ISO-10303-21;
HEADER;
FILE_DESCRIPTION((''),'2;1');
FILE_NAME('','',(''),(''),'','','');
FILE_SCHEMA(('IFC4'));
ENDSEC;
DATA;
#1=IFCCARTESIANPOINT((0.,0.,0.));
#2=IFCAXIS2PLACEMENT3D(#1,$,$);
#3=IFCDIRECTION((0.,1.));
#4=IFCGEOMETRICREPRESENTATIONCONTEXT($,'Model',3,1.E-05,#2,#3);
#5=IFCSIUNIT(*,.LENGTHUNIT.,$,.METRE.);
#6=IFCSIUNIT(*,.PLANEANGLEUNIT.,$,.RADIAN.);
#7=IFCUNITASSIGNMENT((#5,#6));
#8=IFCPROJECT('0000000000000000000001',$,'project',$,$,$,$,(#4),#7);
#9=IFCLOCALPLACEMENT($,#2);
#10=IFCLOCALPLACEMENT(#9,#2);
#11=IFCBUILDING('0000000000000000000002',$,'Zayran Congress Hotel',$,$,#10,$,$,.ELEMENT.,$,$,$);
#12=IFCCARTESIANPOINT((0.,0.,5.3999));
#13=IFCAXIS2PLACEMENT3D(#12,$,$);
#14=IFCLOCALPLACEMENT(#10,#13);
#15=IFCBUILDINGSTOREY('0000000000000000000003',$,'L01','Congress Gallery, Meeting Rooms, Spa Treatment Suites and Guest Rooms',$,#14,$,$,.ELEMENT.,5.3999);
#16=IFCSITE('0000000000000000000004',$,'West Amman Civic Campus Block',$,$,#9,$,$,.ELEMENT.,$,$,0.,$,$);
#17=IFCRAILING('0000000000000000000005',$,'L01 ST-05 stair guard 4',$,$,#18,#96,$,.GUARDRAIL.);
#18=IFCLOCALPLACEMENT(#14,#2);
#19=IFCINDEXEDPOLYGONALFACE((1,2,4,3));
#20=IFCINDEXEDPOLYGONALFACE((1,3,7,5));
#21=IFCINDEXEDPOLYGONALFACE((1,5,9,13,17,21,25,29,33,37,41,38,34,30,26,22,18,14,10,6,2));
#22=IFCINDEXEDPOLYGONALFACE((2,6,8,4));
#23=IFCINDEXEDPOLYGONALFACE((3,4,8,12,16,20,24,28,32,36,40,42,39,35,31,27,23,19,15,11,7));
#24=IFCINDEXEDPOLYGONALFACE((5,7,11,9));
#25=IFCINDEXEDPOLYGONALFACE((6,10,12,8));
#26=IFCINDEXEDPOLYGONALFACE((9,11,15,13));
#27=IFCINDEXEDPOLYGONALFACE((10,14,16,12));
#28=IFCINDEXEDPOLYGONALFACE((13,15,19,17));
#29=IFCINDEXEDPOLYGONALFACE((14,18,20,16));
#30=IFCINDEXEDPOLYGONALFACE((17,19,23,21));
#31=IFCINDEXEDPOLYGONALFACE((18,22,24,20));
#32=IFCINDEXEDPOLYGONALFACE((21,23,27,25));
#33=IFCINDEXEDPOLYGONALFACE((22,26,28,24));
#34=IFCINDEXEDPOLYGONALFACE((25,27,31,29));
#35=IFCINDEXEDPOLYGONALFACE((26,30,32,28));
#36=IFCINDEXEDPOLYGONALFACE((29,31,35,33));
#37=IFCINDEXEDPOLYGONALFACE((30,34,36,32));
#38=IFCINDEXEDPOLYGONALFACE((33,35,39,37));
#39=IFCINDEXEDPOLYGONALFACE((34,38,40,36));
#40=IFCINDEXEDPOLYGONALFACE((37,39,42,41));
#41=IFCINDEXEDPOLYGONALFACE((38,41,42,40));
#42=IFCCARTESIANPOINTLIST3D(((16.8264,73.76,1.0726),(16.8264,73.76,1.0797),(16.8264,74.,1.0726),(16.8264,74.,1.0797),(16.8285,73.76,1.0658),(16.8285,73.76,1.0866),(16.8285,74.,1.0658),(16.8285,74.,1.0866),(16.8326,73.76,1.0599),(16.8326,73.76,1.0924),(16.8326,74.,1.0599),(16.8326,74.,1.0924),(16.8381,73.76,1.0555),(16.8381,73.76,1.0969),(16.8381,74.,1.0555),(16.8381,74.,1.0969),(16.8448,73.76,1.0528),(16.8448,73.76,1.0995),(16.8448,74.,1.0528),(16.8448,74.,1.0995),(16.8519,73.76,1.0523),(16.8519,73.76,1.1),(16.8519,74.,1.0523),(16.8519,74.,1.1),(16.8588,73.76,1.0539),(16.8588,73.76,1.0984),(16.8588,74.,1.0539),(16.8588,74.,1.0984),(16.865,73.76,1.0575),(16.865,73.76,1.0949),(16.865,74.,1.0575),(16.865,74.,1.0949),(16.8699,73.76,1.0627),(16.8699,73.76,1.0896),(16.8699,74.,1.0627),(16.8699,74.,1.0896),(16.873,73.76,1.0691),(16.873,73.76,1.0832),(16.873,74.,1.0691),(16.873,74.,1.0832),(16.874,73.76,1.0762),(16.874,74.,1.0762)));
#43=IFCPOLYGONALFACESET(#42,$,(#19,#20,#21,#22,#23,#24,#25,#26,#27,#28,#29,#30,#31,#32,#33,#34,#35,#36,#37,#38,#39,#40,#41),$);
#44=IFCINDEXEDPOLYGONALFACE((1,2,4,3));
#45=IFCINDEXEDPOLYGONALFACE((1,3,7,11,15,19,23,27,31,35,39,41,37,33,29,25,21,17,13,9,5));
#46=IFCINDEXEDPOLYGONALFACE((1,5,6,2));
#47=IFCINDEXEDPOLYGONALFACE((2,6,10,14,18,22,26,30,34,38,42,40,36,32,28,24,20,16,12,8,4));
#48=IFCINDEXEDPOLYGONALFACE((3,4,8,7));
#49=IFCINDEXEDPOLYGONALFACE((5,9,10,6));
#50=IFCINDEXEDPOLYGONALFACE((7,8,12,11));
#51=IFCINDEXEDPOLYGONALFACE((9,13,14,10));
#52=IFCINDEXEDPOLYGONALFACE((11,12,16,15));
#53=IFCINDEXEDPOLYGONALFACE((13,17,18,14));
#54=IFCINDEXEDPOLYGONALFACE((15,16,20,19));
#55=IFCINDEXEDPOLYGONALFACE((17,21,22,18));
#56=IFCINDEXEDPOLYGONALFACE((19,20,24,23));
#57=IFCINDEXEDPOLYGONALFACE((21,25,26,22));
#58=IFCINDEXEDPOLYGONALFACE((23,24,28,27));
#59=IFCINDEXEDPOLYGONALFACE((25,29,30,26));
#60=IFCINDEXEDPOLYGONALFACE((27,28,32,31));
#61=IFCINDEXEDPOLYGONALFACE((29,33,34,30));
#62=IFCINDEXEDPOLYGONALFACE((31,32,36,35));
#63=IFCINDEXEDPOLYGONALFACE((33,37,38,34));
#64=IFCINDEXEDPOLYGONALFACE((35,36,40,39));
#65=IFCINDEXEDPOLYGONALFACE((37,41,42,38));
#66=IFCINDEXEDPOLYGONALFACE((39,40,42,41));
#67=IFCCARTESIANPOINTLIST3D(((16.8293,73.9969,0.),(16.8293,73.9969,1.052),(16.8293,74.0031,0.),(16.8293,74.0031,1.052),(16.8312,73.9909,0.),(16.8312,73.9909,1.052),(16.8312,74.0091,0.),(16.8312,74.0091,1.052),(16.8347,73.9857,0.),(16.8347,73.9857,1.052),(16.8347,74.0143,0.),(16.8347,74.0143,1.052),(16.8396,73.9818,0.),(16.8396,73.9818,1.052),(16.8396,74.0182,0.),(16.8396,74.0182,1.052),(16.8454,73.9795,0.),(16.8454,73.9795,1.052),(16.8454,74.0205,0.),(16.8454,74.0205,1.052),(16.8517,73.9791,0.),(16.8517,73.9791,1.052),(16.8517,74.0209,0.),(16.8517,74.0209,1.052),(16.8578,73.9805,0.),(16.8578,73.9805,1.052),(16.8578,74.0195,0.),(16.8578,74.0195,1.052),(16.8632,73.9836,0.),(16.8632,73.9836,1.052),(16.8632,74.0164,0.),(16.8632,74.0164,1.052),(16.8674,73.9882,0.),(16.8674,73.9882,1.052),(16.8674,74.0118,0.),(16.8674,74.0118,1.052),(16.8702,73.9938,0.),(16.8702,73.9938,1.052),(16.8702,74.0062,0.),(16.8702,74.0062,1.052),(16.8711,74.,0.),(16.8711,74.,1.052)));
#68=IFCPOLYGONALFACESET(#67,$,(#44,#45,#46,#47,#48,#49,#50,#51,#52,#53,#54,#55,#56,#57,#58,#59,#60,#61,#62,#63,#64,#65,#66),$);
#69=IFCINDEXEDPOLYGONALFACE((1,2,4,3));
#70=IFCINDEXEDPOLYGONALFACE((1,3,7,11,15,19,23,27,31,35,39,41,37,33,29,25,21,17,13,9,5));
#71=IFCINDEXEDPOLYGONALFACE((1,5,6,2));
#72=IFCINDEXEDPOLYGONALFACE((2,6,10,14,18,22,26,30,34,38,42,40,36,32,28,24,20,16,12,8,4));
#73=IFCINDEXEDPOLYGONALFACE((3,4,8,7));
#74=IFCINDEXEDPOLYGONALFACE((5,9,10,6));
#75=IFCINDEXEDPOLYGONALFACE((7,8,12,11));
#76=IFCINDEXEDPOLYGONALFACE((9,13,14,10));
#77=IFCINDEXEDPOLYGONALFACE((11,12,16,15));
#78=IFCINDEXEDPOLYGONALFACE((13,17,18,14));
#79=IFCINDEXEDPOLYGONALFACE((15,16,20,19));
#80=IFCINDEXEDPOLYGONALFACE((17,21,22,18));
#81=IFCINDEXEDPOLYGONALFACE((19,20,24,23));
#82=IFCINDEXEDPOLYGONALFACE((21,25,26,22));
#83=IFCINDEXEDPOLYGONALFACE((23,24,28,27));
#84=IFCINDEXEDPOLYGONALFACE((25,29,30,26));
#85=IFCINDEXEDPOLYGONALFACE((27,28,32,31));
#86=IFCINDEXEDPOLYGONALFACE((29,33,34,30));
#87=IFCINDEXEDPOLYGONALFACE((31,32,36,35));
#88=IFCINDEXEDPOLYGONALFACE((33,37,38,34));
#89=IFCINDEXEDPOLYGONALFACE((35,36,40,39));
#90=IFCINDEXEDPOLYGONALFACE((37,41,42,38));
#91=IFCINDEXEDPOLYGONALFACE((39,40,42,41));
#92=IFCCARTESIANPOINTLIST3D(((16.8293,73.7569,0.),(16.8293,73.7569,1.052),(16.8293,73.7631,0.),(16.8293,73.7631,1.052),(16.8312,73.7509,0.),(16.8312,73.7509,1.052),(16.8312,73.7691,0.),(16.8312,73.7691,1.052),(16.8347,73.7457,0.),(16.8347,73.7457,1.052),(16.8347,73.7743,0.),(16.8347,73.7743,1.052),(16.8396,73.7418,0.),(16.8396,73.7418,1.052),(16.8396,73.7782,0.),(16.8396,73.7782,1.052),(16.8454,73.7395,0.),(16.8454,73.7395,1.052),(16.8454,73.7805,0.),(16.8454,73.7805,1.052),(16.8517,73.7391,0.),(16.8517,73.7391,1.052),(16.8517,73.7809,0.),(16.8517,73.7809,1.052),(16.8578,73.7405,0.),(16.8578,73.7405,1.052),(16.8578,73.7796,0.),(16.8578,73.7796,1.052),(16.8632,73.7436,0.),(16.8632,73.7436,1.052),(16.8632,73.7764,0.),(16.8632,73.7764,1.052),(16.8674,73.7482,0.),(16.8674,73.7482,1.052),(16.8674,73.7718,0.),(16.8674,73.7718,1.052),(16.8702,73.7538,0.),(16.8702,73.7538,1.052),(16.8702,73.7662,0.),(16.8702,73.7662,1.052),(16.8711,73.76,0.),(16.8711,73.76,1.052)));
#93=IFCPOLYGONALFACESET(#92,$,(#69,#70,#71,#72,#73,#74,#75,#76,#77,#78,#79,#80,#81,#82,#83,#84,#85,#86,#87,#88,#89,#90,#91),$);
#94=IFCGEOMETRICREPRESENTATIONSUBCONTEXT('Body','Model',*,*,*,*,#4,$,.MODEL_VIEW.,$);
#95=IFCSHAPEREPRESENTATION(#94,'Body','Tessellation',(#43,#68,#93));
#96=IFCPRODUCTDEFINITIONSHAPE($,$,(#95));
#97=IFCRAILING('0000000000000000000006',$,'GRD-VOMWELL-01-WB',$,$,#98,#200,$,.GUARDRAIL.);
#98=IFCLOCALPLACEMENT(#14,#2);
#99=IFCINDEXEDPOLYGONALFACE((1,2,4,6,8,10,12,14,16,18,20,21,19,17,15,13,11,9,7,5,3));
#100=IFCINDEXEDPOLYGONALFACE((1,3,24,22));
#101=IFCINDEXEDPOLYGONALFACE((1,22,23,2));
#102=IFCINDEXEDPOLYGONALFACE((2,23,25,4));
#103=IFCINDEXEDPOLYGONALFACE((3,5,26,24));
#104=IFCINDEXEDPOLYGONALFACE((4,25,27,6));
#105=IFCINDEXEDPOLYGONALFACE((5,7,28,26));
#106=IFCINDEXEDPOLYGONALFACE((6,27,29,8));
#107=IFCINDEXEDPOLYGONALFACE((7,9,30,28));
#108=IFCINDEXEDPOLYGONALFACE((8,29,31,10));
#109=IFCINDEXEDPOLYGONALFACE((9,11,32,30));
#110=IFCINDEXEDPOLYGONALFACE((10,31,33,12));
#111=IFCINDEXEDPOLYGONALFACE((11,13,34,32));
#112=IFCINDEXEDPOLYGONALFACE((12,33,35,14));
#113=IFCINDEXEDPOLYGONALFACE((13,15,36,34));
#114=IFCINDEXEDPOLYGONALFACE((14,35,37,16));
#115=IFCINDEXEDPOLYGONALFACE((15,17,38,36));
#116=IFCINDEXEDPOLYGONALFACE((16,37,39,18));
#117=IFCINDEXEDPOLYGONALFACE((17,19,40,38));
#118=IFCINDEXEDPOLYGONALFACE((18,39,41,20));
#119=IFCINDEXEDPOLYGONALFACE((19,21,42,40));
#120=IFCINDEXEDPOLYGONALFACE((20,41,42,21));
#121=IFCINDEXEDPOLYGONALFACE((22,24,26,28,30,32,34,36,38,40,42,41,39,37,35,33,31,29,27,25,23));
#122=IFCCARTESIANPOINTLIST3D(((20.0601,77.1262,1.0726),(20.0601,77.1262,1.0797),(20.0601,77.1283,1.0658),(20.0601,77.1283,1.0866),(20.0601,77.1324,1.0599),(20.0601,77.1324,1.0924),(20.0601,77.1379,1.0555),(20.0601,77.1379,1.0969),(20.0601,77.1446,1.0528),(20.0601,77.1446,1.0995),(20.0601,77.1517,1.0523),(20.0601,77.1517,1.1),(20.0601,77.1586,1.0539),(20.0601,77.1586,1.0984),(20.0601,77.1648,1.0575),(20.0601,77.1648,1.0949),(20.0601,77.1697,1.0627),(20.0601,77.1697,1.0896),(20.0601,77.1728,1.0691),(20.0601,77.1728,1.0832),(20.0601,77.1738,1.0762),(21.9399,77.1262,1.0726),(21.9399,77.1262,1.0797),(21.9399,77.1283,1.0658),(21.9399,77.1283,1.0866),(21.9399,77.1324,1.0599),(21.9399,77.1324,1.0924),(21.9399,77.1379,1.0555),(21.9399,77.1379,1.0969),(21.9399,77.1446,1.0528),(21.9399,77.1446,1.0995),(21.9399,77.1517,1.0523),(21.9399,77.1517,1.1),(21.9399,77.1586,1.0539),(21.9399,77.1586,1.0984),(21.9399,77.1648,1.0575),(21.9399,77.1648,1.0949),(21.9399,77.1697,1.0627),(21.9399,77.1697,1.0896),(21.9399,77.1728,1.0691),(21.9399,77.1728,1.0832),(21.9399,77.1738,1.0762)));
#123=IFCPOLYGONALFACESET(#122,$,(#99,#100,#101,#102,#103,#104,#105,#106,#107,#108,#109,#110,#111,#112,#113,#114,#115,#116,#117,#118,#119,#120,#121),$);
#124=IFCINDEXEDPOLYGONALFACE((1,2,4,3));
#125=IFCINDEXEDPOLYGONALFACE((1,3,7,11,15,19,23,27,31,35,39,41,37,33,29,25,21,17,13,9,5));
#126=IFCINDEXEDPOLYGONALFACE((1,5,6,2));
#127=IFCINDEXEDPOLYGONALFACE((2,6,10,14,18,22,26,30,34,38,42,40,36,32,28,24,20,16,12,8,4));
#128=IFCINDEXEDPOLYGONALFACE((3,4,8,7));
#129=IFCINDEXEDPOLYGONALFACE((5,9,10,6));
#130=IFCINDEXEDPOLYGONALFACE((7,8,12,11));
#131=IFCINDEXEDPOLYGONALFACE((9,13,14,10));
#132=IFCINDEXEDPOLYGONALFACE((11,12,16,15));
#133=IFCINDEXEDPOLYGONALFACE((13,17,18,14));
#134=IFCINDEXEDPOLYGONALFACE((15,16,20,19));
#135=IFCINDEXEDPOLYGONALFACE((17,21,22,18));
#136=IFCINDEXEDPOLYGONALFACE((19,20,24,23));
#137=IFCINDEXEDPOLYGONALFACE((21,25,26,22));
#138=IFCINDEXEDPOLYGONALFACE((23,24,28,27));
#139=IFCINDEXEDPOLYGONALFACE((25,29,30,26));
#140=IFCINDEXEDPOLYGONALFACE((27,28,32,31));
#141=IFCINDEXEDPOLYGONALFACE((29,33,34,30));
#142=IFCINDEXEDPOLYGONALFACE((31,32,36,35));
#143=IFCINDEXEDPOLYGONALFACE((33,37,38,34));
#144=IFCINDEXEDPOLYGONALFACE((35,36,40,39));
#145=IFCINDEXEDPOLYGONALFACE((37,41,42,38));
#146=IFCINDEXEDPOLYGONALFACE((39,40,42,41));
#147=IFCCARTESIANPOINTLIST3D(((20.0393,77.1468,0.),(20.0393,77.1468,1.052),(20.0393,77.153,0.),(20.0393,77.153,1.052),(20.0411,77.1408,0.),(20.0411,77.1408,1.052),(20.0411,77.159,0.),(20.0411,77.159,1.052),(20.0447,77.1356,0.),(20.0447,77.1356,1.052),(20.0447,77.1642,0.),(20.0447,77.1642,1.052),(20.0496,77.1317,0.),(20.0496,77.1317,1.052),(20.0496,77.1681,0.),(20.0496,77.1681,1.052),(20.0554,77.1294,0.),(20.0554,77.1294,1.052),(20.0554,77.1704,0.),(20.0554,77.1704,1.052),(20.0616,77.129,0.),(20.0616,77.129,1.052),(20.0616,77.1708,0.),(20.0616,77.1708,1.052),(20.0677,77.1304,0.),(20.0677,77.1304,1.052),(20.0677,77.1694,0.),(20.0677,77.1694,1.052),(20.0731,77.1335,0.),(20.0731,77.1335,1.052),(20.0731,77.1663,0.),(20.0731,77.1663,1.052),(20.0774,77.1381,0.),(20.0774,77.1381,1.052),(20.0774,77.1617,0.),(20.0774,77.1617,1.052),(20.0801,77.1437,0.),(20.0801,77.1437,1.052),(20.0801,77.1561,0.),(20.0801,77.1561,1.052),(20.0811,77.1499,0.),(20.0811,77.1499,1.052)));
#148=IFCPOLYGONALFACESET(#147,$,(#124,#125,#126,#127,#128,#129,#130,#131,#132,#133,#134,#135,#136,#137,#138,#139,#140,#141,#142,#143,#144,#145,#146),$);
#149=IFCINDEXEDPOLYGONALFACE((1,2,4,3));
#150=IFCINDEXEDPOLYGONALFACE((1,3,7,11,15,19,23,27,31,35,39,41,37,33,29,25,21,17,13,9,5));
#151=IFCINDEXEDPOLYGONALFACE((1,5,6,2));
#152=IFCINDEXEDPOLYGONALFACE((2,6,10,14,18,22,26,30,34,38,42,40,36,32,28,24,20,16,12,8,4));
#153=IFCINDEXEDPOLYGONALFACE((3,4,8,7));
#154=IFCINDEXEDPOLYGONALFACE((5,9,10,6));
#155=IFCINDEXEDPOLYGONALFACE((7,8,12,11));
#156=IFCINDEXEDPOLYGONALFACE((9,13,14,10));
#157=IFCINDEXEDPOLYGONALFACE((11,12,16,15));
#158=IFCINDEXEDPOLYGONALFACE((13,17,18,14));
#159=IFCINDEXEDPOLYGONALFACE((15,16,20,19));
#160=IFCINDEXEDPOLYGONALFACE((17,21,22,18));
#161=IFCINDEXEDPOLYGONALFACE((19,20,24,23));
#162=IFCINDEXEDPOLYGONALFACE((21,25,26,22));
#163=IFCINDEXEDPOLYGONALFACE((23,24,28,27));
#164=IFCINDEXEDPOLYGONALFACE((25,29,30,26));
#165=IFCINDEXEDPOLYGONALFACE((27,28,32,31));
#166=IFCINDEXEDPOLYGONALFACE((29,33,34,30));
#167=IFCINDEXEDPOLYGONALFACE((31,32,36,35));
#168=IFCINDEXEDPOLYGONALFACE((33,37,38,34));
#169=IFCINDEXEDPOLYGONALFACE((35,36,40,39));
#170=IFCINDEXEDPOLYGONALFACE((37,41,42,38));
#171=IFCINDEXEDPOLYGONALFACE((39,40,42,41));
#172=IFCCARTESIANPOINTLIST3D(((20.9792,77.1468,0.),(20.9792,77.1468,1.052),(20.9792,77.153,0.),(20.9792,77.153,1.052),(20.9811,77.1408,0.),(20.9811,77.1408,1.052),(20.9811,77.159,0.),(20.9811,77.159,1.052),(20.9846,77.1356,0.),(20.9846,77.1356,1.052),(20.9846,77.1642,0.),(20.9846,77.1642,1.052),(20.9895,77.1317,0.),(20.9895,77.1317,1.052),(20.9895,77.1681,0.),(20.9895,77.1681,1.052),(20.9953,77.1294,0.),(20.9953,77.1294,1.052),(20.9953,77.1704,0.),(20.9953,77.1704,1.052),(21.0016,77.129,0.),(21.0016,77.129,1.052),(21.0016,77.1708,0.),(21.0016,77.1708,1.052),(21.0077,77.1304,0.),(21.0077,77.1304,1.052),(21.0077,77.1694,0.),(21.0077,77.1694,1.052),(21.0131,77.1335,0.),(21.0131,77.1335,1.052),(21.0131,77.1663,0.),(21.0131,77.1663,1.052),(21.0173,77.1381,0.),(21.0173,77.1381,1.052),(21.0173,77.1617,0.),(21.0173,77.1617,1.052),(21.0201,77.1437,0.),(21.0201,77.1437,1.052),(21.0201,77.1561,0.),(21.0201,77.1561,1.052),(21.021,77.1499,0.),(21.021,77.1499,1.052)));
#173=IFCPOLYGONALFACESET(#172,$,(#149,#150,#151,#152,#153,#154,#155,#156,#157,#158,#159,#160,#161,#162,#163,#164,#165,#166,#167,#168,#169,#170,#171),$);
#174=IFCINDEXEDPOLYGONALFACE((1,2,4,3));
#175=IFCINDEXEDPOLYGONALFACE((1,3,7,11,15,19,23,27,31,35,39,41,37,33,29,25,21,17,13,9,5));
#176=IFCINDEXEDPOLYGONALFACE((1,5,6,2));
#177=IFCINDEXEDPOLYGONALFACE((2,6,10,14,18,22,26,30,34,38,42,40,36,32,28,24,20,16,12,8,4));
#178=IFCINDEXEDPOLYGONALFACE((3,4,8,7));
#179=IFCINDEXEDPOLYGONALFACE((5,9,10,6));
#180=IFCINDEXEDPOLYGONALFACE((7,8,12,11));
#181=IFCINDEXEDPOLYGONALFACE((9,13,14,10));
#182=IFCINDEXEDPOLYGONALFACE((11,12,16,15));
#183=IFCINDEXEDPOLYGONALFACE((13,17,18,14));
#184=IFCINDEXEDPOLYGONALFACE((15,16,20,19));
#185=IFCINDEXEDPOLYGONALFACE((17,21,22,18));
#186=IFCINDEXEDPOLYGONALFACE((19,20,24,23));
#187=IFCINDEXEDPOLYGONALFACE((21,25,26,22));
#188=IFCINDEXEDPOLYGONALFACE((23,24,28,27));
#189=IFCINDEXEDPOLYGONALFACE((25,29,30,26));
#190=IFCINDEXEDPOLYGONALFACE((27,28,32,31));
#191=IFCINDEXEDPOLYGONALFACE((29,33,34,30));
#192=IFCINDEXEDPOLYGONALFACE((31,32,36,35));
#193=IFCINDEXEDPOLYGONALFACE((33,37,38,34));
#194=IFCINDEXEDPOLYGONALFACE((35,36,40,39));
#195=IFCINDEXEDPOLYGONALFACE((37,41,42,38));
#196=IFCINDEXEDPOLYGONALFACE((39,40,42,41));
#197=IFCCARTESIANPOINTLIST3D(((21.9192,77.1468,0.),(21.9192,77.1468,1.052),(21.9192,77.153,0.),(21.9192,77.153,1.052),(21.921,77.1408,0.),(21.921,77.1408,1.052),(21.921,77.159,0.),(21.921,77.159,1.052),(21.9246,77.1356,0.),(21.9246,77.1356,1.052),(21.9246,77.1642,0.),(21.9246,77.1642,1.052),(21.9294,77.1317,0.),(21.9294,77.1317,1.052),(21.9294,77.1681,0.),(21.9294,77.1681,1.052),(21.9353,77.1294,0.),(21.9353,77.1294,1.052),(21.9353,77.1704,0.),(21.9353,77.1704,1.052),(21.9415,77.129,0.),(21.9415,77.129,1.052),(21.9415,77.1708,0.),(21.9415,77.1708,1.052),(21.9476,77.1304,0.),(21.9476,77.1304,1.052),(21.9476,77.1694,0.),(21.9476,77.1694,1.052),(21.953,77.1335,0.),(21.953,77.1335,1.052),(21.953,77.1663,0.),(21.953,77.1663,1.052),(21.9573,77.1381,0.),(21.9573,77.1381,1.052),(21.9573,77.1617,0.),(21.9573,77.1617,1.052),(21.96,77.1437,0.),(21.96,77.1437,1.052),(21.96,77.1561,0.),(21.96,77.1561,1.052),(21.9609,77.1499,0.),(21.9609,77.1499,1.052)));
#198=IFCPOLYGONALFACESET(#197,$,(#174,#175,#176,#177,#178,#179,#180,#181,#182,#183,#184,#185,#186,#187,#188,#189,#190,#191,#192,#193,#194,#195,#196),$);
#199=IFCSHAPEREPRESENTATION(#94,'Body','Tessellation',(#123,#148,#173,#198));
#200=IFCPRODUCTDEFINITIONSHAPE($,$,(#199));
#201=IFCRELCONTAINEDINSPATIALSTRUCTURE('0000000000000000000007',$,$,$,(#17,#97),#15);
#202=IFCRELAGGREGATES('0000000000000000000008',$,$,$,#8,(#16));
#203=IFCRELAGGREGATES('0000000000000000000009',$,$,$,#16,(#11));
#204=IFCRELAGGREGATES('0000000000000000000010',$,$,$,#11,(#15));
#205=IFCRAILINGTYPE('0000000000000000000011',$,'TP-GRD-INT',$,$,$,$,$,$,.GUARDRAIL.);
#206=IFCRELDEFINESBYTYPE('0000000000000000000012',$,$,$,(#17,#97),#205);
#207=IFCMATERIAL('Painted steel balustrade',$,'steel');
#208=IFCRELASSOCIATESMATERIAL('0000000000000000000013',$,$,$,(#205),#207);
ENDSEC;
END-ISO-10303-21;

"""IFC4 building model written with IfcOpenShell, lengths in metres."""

from ifc_helpers import new_model, si_unit, direction, frame, origin, origin_2d, place, context, subcontext, project, spatial, circle, extrude, material, type_object, element, save


model = new_model("IFC4")

# Units and contexts
model_context = context("Model", 3, precision=1e-05, world=origin(), true_north=direction((0.0, 1.0)))
body_context = subcontext(model_context, "Body", "Model", "MODEL_VIEW")
ifc_project = project(units=[si_unit("LENGTHUNIT", "METRE"), si_unit("PLANEANGLEUNIT", "RADIAN")], contexts=[model_context])

# Site, building, storey
site_placement = place(None, origin())
site = spatial("IfcSite", under=ifc_project, at=site_placement, Name="West Amman Civic Campus Block", CompositionType="ELEMENT", RefElevation=0.0)
building_placement = place(site_placement, origin())
building = spatial("IfcBuilding", under=site, at=building_placement, Name="Zayran Congress Hotel", CompositionType="ELEMENT")
storey_placement = place(building_placement, frame((0.0, 0.0, 5.3999)))
storey = spatial("IfcBuildingStorey", under=building, at=storey_placement, Name="L01", Description="Congress Gallery, Meeting Rooms, Spa Treatment Suites and Guest Rooms", CompositionType="ELEMENT", Elevation=5.3999)

# Railings
ifc_material_1 = material(Name="Painted steel balustrade", Category="steel")
railing_type = type_object("IfcRailingType", Name="TP-GRD-INT", PredefinedType="GUARDRAIL", material=ifc_material_1)
railing_1_placement = place(storey_placement, frame((16.8501, 74.0, 0.0)))
element("IfcRailing", 1, at=railing_1_placement, inside=storey, type_object=railing_type, Name="L01 ST-05 stair guard 4", PredefinedType="GUARDRAIL", context=body_context, shape_type="SweptSolid", body=[
    extrude(circle(Radius=0.0239, at=origin_2d()), frame((0.0, 0.0, 1.0762), z_axis=(0.0, -1.0, 0.0), x_axis=(1.0, 0.0, 0.0)), (0.0, 0.0, 1.0), 0.24),
    extrude(circle(Radius=0.021, at=origin_2d()), origin(), (0.0, 0.0, 1.0), 1.052),
    extrude(circle(Radius=0.021, at=origin_2d()), frame((0.0, -0.24, 0.0)), (0.0, 0.0, 1.0), 1.052),
])
railing_2_placement = place(storey_placement, frame((20.0601, 77.1499, 0.0)))
element("IfcRailing", 2, at=railing_2_placement, inside=storey, type_object=railing_type, Name="GRD-VOMWELL-01-WB", PredefinedType="GUARDRAIL", context=body_context, shape_type="SweptSolid", body=[
    extrude(circle(Radius=0.0239, at=origin_2d()), frame((0.0, 0.0, 1.0762), z_axis=(1.0, 0.0, 0.0), x_axis=(0.0, 1.0, 0.0)), (0.0, 0.0, 1.0), 1.8799),
    extrude(circle(Radius=0.021, at=origin_2d()), origin(), (0.0, 0.0, 1.0), 1.052),
    extrude(circle(Radius=0.021, at=origin_2d()), frame((0.9399, 0.0, 0.0)), (0.0, 0.0, 1.0), 1.052),
    extrude(circle(Radius=0.021, at=origin_2d()), frame((1.8799, 0.0, 0.0)), (0.0, 0.0, 1.0), 1.052),
])

save(model, "model.ifc")
